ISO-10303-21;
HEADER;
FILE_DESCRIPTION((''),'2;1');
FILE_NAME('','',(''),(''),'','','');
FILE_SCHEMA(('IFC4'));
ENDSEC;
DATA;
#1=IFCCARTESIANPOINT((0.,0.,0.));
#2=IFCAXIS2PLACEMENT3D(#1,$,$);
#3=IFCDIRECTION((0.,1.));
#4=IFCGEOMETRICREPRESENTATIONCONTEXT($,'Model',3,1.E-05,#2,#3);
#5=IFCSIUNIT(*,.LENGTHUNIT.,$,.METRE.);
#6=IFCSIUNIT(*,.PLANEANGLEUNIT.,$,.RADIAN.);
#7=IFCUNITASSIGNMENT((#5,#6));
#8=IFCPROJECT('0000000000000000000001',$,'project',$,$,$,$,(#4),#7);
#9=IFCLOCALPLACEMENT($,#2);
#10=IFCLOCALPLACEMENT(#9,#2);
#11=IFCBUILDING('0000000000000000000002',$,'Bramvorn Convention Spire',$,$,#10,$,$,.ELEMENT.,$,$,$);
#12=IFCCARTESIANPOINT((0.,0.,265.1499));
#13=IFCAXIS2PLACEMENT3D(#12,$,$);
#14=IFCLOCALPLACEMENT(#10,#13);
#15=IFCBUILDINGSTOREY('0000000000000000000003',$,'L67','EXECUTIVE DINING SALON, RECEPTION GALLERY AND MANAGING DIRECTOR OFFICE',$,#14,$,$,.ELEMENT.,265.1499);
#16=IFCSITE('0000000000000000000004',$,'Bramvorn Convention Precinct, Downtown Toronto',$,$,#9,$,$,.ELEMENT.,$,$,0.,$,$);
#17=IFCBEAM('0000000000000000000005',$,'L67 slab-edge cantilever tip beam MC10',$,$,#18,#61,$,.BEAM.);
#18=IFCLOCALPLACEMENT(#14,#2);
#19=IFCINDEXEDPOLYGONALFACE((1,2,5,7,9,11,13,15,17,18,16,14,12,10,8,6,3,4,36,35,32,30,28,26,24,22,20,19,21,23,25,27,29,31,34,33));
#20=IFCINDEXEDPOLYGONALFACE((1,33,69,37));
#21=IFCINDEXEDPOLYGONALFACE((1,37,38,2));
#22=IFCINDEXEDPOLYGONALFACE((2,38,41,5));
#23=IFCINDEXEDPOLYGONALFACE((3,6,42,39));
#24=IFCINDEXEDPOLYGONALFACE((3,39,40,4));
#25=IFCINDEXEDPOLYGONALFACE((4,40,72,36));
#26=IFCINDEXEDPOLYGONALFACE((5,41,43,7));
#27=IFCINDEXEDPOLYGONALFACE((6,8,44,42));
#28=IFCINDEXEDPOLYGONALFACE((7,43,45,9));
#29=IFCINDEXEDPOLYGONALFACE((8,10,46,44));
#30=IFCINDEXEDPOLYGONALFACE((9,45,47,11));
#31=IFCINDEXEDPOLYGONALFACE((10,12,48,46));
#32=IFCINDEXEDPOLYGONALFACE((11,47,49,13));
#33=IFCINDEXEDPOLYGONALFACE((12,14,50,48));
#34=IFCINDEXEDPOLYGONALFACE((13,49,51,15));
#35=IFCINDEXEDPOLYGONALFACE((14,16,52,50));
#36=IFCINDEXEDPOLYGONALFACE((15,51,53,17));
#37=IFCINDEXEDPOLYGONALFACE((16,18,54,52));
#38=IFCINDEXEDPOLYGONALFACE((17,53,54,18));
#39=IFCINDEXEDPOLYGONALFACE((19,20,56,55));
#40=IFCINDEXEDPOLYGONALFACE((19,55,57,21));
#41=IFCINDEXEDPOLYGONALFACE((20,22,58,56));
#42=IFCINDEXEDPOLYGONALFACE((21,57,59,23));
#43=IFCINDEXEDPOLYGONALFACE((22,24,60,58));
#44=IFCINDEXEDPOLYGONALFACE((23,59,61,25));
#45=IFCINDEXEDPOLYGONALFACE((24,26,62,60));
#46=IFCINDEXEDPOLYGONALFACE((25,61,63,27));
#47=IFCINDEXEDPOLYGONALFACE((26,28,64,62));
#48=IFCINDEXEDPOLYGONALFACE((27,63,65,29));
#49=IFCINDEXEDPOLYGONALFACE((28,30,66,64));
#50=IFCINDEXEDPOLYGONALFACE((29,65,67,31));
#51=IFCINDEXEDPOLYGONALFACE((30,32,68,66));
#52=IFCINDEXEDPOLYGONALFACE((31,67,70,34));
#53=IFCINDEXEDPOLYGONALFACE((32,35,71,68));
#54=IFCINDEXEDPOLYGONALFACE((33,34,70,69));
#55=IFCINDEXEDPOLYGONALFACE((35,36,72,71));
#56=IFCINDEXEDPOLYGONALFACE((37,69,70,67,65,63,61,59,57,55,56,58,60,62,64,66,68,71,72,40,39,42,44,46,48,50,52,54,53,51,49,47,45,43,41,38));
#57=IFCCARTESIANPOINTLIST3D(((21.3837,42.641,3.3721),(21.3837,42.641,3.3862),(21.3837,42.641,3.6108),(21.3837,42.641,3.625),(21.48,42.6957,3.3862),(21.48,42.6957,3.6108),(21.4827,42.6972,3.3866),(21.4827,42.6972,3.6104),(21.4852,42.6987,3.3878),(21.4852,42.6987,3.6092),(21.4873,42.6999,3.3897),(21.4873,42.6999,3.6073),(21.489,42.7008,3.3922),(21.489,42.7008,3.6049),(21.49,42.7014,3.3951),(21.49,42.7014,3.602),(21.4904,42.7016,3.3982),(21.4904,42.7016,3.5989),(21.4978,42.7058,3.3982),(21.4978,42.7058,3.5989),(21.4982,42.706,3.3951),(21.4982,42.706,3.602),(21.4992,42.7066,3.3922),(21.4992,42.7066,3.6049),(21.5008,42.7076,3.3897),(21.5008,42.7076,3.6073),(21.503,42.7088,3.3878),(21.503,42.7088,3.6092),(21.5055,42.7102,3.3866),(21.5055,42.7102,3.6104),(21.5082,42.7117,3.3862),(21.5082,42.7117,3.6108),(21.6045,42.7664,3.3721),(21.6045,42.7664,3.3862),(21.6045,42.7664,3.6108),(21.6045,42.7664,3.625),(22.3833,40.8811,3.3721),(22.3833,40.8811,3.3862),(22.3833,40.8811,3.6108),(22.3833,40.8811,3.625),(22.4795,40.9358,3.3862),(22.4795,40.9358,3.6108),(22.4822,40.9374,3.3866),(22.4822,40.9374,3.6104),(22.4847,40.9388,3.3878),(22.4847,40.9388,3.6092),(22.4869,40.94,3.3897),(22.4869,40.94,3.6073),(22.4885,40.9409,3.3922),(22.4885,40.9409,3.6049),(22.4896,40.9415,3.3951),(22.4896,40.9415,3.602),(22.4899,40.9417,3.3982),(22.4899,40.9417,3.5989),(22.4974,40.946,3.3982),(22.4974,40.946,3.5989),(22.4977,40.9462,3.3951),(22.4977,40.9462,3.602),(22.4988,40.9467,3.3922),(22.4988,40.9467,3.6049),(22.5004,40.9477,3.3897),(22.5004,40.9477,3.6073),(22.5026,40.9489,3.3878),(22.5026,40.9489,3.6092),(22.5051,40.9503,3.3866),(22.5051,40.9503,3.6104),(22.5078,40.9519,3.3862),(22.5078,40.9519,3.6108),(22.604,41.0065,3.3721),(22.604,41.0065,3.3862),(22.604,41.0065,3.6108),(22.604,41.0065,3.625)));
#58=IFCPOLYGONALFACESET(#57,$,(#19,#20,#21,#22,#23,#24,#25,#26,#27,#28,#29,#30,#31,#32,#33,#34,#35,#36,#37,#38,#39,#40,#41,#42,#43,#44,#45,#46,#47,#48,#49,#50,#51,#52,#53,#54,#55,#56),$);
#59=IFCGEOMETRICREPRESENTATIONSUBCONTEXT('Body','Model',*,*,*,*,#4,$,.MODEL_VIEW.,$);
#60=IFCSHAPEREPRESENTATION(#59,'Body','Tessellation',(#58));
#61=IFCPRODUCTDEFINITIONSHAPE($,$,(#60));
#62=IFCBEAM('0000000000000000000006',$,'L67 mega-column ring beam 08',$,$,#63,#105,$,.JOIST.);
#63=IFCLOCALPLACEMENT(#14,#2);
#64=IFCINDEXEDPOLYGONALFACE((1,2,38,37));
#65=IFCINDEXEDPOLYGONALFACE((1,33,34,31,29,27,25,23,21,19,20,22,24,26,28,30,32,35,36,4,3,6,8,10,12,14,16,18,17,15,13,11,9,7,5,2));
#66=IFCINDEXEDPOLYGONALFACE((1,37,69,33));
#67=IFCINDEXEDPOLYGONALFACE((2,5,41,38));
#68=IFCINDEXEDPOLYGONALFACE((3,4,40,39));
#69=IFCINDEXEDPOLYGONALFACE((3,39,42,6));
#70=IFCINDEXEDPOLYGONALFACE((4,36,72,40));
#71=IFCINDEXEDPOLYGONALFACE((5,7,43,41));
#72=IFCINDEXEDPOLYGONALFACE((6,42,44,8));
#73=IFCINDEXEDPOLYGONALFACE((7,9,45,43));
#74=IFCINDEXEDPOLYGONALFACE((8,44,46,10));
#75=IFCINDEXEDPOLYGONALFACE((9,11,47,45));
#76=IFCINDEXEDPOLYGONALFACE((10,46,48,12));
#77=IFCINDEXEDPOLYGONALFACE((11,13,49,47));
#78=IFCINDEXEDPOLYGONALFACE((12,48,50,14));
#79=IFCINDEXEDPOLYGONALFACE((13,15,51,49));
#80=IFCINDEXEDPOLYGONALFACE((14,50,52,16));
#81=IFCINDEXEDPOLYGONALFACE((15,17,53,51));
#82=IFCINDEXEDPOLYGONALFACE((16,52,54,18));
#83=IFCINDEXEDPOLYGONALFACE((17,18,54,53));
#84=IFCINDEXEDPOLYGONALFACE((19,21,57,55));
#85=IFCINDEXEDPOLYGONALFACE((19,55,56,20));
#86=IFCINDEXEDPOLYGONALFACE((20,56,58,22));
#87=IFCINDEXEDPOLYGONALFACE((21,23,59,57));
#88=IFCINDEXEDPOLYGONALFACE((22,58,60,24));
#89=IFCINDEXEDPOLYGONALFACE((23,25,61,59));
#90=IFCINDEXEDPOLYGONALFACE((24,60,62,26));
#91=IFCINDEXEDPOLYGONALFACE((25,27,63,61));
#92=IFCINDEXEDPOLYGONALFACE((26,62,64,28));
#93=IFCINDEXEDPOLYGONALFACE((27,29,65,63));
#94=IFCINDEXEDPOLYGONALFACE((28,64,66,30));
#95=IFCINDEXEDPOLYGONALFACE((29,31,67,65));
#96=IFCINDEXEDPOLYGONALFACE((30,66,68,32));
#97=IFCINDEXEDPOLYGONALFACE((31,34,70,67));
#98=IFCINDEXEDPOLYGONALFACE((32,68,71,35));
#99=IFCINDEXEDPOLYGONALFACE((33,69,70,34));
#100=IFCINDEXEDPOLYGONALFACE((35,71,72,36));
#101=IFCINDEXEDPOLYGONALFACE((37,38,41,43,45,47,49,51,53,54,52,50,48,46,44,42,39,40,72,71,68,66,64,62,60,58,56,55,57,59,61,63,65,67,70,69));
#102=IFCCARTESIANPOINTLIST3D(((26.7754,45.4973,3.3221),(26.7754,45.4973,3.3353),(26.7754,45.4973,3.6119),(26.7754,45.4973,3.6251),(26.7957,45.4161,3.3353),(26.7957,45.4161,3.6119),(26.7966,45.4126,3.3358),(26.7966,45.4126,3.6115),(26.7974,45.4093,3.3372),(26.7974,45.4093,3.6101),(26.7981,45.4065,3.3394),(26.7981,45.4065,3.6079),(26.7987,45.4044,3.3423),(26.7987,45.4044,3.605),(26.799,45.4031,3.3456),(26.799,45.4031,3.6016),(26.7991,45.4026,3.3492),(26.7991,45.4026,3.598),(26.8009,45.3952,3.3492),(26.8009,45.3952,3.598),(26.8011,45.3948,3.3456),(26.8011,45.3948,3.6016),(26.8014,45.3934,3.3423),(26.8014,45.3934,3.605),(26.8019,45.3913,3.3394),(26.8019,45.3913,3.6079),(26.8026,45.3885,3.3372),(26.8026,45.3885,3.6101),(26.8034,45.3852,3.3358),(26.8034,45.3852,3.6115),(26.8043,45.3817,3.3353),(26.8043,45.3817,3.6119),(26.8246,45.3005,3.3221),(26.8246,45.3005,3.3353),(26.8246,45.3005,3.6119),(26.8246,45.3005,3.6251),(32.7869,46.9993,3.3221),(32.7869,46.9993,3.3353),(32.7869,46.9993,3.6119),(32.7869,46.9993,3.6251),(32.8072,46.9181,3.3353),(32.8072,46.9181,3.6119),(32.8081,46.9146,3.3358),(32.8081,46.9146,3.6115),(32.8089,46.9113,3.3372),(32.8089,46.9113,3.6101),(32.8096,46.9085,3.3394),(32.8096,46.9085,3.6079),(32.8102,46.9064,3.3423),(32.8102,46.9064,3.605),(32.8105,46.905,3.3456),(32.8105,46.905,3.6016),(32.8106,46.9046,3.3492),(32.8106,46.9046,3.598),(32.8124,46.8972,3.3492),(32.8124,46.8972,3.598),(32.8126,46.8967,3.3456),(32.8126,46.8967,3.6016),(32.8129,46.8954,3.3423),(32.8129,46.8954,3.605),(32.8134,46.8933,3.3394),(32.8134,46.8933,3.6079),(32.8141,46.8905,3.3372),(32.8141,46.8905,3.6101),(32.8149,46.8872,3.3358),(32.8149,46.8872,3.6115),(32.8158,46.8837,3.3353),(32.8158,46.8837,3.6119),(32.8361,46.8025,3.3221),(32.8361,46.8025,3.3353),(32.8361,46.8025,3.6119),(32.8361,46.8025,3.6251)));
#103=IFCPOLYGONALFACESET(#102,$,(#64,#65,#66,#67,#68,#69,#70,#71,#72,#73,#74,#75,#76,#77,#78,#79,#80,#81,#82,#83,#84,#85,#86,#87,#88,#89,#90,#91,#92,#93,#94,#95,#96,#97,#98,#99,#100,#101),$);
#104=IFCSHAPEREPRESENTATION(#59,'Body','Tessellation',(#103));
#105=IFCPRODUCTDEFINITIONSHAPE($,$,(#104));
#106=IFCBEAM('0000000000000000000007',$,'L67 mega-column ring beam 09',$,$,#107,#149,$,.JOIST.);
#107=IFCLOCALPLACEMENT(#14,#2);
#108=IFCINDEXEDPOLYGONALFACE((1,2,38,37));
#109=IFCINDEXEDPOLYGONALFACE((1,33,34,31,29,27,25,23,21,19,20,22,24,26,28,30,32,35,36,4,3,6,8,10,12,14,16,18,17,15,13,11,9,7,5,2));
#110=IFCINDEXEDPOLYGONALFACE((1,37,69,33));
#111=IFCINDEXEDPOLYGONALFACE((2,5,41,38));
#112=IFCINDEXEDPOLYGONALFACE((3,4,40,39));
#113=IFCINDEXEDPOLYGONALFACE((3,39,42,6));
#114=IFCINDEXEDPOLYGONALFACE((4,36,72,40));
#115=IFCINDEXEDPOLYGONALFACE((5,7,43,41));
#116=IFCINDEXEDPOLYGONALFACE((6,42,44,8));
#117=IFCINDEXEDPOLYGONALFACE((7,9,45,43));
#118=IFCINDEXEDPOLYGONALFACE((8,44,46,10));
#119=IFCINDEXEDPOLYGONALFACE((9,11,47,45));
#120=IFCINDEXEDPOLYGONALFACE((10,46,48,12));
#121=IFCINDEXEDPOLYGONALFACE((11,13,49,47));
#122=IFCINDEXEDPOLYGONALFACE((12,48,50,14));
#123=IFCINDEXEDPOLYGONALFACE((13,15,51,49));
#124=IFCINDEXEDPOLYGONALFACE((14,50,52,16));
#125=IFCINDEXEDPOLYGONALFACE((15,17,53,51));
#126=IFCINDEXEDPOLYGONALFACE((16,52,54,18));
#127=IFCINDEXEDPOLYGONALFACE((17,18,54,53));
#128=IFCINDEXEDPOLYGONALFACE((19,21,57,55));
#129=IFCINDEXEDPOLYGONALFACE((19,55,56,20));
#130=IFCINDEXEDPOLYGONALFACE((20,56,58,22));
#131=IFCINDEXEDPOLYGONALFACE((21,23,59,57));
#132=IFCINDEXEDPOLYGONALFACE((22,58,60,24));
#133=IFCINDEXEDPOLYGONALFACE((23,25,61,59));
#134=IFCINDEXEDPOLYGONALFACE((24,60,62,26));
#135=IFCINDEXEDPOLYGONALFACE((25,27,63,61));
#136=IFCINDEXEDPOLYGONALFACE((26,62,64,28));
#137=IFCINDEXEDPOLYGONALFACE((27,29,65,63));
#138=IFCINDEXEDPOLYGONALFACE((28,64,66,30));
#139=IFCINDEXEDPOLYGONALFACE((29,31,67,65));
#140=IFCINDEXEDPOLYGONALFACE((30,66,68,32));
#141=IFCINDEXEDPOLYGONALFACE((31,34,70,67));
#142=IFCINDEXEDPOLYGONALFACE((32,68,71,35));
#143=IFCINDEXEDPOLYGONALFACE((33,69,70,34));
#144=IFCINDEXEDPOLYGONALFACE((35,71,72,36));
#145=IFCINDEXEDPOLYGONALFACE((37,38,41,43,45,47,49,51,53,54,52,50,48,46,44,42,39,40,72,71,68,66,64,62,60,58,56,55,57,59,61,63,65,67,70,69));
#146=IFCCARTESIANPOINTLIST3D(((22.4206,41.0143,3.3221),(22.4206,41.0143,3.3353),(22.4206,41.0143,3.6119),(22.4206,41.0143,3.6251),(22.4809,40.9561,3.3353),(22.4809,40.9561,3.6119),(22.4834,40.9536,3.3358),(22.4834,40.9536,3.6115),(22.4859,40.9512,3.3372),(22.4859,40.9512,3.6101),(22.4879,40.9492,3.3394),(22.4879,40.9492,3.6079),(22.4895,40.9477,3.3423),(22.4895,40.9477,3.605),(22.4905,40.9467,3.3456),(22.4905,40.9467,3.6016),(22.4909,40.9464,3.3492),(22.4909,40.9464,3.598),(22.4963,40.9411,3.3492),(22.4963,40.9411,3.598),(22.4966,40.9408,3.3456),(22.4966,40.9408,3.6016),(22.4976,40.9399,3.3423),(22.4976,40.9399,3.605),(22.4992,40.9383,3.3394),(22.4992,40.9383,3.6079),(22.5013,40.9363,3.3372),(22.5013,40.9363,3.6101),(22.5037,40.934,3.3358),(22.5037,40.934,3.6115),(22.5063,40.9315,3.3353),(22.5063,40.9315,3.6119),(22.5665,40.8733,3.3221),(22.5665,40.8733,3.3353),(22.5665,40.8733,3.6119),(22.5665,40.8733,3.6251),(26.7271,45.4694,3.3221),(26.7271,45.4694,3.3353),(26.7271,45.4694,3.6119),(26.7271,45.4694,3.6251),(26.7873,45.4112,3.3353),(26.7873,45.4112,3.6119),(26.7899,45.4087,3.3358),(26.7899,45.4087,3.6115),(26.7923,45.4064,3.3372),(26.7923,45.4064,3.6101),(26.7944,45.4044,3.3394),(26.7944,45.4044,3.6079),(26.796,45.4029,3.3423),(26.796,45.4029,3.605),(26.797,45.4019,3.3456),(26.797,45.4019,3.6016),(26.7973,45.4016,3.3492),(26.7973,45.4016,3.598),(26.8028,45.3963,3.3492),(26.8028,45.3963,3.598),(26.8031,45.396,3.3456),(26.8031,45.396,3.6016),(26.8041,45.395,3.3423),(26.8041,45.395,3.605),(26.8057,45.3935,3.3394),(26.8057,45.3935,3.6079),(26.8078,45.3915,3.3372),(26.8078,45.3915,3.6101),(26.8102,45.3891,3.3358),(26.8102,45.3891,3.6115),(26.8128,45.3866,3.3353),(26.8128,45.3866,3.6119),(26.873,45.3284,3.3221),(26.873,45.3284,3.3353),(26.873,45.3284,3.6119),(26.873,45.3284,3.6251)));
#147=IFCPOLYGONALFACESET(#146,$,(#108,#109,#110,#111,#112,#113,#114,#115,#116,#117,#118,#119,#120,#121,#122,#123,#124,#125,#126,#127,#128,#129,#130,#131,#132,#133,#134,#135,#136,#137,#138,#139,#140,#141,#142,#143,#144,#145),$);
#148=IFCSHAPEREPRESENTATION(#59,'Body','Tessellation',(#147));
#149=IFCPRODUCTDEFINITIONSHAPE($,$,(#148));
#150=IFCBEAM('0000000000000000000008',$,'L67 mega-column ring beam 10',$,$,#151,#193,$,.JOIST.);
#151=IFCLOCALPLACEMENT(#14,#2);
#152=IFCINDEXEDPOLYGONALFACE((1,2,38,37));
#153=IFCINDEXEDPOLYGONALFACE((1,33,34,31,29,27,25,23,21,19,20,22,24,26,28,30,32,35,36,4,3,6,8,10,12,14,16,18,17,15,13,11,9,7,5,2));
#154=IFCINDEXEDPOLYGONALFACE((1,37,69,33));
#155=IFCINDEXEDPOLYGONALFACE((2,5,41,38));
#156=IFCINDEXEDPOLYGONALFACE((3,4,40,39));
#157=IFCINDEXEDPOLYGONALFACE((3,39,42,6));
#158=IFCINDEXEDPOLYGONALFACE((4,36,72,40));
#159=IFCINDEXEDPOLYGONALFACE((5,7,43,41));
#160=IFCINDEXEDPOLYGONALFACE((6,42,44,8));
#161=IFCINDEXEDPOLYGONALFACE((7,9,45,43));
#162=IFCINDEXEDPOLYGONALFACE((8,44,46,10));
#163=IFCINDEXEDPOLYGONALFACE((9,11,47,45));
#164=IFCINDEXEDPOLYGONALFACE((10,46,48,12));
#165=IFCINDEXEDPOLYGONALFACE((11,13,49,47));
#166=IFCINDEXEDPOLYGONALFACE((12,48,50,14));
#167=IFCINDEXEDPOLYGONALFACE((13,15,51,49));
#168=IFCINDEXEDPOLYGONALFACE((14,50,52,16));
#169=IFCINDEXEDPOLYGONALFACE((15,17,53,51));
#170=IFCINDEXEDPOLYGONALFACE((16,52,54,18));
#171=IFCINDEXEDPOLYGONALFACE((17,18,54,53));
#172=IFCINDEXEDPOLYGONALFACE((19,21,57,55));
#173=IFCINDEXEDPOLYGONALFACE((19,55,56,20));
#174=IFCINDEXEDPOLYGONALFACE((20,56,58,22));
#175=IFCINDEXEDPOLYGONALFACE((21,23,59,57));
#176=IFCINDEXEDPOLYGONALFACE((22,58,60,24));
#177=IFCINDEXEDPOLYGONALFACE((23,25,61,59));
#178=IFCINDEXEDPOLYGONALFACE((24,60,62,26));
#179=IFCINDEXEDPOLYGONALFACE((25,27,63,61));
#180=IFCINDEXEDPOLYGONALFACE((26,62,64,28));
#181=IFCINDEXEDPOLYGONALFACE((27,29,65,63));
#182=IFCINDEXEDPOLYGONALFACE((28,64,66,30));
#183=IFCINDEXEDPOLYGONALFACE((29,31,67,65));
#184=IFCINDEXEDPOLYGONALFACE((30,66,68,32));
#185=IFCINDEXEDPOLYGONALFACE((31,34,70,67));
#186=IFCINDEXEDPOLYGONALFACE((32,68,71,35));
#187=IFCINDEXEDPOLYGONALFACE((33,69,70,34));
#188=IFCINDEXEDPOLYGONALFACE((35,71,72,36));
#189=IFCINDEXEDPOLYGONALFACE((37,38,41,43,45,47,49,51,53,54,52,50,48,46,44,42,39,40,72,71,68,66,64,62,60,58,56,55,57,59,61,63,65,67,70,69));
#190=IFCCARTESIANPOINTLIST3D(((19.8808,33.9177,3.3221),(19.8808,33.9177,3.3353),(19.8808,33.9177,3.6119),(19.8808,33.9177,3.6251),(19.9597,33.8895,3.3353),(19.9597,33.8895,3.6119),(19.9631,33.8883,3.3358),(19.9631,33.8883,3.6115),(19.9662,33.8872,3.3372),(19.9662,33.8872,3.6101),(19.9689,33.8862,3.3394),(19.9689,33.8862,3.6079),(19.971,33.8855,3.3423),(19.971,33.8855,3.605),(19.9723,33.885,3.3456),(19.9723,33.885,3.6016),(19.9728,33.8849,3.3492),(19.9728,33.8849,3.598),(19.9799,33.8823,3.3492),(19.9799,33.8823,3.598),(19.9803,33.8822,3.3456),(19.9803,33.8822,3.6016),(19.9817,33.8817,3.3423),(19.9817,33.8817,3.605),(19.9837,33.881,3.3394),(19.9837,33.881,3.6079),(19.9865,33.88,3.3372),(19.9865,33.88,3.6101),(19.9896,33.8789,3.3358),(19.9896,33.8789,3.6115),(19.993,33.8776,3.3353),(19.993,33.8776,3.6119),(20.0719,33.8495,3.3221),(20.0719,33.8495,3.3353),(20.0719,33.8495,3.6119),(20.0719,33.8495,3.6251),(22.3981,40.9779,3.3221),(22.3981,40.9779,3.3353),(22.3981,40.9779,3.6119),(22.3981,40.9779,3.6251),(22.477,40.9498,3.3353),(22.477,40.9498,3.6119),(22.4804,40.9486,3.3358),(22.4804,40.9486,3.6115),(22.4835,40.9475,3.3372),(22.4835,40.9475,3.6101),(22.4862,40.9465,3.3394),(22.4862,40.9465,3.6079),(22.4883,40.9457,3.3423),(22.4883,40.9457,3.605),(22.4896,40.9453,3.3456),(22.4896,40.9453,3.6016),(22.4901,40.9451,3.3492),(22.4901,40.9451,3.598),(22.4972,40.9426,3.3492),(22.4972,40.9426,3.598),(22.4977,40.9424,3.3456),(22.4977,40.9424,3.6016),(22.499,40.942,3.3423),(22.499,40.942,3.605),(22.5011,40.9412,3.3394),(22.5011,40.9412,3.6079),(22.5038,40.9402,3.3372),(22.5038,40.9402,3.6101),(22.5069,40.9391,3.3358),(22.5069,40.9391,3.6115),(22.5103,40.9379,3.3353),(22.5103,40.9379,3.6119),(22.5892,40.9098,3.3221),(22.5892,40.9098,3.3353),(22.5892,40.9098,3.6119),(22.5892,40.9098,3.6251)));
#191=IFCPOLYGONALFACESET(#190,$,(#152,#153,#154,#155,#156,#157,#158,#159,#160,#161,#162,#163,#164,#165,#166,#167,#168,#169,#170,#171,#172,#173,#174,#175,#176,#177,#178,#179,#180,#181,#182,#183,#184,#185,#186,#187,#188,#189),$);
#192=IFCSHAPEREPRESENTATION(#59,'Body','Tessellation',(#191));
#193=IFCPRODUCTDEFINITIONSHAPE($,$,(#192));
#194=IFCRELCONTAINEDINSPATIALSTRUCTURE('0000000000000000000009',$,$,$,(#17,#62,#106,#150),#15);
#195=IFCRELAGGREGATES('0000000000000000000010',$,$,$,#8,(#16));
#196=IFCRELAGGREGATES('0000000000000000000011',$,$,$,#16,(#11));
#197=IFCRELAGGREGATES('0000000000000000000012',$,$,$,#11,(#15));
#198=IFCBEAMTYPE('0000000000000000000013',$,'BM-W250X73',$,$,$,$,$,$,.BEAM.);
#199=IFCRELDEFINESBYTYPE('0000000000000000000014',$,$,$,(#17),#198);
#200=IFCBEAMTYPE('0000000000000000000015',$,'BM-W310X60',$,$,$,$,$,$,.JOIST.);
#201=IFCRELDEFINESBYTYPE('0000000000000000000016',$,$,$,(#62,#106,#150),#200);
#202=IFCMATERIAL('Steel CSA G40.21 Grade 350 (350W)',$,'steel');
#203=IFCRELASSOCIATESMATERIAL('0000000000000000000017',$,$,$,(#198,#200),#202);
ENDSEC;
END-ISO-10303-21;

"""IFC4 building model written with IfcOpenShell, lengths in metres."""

from ifc_helpers import new_model, si_unit, direction, frame, origin, origin_2d, place, context, subcontext, project, spatial, i_section, extrude, material, material_profile, profile_set, type_object, element, save


model = new_model("IFC4")

# Units and contexts
model_context = context("Model", 3, precision=1e-05, world=origin(), true_north=direction((0.0, 1.0)))
body_context = subcontext(model_context, "Body", "Model", "MODEL_VIEW")
ifc_project = project(units=[si_unit("LENGTHUNIT", "METRE"), si_unit("PLANEANGLEUNIT", "RADIAN")], contexts=[model_context])

# Site, building, storey
site_placement = place(None, origin())
site = spatial("IfcSite", under=ifc_project, at=site_placement, Name="Bramvorn Convention Precinct, Downtown Toronto", CompositionType="ELEMENT", RefElevation=0.0)
building_placement = place(site_placement, origin())
building = spatial("IfcBuilding", under=site, at=building_placement, Name="Bramvorn Convention Spire", CompositionType="ELEMENT")
storey_placement = place(building_placement, frame((0.0, 0.0, 265.1499)))
storey = spatial("IfcBuildingStorey", under=building, at=storey_placement, Name="L67", Description="EXECUTIVE DINING SALON, RECEPTION GALLERY AND MANAGING DIRECTOR OFFICE", CompositionType="ELEMENT", Elevation=265.1499)

# Shared definitions
ifc_material_1 = material(Name="Steel CSA G40.21 Grade 350 (350W)", Category="steel")

# Beams
ifc_material_profile_1 = material_profile(ifc_material_1, i_section(OverallWidth=0.2539, OverallDepth=0.2529, WebThickness=0.0085, FlangeThickness=0.0142, FilletRadius=0.012, at=origin_2d()))
ifc_profile_set_1 = profile_set([ifc_material_profile_1], Name="Steel CSA G40.21 Grade 350 (350W) - W250X73")
beam_type_1 = type_object("IfcBeamType", Name="BM-W250X73", PredefinedType="BEAM", material=ifc_profile_set_1)
beam_1_placement = place(storey_placement, frame((22.4937, 40.9438, 3.4985), z_axis=(-0.493877, 0.869532, 0.0), x_axis=(-0.869532, -0.493877, 0.0)))
element("IfcBeam", 1, at=beam_1_placement, inside=storey, type_object=beam_type_1, Name="L67 slab-edge cantilever tip beam MC10", PredefinedType="BEAM", context=body_context, shape_type="SweptSolid", body=[
    extrude(i_section(OverallWidth=0.2539, OverallDepth=0.2529, WebThickness=0.0085, FlangeThickness=0.0142, FilletRadius=0.012, at=origin_2d()), origin(), (0.0, 0.0, 1.0), 2.0239),
])
ifc_material_profile_2 = material_profile(ifc_material_1, i_section(OverallWidth=0.2029, OverallDepth=0.303, WebThickness=0.0076, FlangeThickness=0.0132, FilletRadius=0.0139, at=origin_2d()))
ifc_profile_set_2 = profile_set([ifc_material_profile_2], Name="Steel CSA G40.21 Grade 350 (350W) - W310X60")
beam_type_2 = type_object("IfcBeamType", Name="BM-W310X60", PredefinedType="JOIST", material=ifc_profile_set_2)
for number, where, z_axis, x_axis, name in (
    (2, (32.8115, 46.9009, 3.4736), (-0.970177, -0.242397, 0.0), (0.242397, -0.970177, 0.0), "L67 mega-column ring beam 08"),
    (3, (26.8, 45.3989, 3.4736), (-0.695007, -0.719003, 0.0), (0.719003, -0.695007, 0.0), "L67 mega-column ring beam 09"),
):
    element("IfcBeam", number, at=place(storey_placement, frame(where, z_axis=z_axis, x_axis=x_axis)), inside=storey, type_object=beam_type_2, Name=name, PredefinedType="JOIST", context=body_context, shape_type="SweptSolid", body=[
        extrude(i_section(OverallWidth=0.2029, OverallDepth=0.303, WebThickness=0.0076, FlangeThickness=0.0132, FilletRadius=0.0139, at=origin_2d()), origin(), (0.0, 0.0, 1.0), 6.1963),
    ])
beam_2_placement = place(storey_placement, frame((22.4937, 40.9438, 3.4736), z_axis=(-0.335839, -0.941919, 0.0), x_axis=(0.941919, -0.335839, 0.0)))
element("IfcBeam", 4, at=beam_2_placement, inside=storey, type_object=beam_type_2, Name="L67 mega-column ring beam 10", PredefinedType="JOIST", context=body_context, shape_type="SweptSolid", body=[
    extrude(i_section(OverallWidth=0.2029, OverallDepth=0.303, WebThickness=0.0076, FlangeThickness=0.0132, FilletRadius=0.0139, at=origin_2d()), origin(), (0.0, 0.0, 1.0), 7.4956),
])

save(model, "model.ifc")
